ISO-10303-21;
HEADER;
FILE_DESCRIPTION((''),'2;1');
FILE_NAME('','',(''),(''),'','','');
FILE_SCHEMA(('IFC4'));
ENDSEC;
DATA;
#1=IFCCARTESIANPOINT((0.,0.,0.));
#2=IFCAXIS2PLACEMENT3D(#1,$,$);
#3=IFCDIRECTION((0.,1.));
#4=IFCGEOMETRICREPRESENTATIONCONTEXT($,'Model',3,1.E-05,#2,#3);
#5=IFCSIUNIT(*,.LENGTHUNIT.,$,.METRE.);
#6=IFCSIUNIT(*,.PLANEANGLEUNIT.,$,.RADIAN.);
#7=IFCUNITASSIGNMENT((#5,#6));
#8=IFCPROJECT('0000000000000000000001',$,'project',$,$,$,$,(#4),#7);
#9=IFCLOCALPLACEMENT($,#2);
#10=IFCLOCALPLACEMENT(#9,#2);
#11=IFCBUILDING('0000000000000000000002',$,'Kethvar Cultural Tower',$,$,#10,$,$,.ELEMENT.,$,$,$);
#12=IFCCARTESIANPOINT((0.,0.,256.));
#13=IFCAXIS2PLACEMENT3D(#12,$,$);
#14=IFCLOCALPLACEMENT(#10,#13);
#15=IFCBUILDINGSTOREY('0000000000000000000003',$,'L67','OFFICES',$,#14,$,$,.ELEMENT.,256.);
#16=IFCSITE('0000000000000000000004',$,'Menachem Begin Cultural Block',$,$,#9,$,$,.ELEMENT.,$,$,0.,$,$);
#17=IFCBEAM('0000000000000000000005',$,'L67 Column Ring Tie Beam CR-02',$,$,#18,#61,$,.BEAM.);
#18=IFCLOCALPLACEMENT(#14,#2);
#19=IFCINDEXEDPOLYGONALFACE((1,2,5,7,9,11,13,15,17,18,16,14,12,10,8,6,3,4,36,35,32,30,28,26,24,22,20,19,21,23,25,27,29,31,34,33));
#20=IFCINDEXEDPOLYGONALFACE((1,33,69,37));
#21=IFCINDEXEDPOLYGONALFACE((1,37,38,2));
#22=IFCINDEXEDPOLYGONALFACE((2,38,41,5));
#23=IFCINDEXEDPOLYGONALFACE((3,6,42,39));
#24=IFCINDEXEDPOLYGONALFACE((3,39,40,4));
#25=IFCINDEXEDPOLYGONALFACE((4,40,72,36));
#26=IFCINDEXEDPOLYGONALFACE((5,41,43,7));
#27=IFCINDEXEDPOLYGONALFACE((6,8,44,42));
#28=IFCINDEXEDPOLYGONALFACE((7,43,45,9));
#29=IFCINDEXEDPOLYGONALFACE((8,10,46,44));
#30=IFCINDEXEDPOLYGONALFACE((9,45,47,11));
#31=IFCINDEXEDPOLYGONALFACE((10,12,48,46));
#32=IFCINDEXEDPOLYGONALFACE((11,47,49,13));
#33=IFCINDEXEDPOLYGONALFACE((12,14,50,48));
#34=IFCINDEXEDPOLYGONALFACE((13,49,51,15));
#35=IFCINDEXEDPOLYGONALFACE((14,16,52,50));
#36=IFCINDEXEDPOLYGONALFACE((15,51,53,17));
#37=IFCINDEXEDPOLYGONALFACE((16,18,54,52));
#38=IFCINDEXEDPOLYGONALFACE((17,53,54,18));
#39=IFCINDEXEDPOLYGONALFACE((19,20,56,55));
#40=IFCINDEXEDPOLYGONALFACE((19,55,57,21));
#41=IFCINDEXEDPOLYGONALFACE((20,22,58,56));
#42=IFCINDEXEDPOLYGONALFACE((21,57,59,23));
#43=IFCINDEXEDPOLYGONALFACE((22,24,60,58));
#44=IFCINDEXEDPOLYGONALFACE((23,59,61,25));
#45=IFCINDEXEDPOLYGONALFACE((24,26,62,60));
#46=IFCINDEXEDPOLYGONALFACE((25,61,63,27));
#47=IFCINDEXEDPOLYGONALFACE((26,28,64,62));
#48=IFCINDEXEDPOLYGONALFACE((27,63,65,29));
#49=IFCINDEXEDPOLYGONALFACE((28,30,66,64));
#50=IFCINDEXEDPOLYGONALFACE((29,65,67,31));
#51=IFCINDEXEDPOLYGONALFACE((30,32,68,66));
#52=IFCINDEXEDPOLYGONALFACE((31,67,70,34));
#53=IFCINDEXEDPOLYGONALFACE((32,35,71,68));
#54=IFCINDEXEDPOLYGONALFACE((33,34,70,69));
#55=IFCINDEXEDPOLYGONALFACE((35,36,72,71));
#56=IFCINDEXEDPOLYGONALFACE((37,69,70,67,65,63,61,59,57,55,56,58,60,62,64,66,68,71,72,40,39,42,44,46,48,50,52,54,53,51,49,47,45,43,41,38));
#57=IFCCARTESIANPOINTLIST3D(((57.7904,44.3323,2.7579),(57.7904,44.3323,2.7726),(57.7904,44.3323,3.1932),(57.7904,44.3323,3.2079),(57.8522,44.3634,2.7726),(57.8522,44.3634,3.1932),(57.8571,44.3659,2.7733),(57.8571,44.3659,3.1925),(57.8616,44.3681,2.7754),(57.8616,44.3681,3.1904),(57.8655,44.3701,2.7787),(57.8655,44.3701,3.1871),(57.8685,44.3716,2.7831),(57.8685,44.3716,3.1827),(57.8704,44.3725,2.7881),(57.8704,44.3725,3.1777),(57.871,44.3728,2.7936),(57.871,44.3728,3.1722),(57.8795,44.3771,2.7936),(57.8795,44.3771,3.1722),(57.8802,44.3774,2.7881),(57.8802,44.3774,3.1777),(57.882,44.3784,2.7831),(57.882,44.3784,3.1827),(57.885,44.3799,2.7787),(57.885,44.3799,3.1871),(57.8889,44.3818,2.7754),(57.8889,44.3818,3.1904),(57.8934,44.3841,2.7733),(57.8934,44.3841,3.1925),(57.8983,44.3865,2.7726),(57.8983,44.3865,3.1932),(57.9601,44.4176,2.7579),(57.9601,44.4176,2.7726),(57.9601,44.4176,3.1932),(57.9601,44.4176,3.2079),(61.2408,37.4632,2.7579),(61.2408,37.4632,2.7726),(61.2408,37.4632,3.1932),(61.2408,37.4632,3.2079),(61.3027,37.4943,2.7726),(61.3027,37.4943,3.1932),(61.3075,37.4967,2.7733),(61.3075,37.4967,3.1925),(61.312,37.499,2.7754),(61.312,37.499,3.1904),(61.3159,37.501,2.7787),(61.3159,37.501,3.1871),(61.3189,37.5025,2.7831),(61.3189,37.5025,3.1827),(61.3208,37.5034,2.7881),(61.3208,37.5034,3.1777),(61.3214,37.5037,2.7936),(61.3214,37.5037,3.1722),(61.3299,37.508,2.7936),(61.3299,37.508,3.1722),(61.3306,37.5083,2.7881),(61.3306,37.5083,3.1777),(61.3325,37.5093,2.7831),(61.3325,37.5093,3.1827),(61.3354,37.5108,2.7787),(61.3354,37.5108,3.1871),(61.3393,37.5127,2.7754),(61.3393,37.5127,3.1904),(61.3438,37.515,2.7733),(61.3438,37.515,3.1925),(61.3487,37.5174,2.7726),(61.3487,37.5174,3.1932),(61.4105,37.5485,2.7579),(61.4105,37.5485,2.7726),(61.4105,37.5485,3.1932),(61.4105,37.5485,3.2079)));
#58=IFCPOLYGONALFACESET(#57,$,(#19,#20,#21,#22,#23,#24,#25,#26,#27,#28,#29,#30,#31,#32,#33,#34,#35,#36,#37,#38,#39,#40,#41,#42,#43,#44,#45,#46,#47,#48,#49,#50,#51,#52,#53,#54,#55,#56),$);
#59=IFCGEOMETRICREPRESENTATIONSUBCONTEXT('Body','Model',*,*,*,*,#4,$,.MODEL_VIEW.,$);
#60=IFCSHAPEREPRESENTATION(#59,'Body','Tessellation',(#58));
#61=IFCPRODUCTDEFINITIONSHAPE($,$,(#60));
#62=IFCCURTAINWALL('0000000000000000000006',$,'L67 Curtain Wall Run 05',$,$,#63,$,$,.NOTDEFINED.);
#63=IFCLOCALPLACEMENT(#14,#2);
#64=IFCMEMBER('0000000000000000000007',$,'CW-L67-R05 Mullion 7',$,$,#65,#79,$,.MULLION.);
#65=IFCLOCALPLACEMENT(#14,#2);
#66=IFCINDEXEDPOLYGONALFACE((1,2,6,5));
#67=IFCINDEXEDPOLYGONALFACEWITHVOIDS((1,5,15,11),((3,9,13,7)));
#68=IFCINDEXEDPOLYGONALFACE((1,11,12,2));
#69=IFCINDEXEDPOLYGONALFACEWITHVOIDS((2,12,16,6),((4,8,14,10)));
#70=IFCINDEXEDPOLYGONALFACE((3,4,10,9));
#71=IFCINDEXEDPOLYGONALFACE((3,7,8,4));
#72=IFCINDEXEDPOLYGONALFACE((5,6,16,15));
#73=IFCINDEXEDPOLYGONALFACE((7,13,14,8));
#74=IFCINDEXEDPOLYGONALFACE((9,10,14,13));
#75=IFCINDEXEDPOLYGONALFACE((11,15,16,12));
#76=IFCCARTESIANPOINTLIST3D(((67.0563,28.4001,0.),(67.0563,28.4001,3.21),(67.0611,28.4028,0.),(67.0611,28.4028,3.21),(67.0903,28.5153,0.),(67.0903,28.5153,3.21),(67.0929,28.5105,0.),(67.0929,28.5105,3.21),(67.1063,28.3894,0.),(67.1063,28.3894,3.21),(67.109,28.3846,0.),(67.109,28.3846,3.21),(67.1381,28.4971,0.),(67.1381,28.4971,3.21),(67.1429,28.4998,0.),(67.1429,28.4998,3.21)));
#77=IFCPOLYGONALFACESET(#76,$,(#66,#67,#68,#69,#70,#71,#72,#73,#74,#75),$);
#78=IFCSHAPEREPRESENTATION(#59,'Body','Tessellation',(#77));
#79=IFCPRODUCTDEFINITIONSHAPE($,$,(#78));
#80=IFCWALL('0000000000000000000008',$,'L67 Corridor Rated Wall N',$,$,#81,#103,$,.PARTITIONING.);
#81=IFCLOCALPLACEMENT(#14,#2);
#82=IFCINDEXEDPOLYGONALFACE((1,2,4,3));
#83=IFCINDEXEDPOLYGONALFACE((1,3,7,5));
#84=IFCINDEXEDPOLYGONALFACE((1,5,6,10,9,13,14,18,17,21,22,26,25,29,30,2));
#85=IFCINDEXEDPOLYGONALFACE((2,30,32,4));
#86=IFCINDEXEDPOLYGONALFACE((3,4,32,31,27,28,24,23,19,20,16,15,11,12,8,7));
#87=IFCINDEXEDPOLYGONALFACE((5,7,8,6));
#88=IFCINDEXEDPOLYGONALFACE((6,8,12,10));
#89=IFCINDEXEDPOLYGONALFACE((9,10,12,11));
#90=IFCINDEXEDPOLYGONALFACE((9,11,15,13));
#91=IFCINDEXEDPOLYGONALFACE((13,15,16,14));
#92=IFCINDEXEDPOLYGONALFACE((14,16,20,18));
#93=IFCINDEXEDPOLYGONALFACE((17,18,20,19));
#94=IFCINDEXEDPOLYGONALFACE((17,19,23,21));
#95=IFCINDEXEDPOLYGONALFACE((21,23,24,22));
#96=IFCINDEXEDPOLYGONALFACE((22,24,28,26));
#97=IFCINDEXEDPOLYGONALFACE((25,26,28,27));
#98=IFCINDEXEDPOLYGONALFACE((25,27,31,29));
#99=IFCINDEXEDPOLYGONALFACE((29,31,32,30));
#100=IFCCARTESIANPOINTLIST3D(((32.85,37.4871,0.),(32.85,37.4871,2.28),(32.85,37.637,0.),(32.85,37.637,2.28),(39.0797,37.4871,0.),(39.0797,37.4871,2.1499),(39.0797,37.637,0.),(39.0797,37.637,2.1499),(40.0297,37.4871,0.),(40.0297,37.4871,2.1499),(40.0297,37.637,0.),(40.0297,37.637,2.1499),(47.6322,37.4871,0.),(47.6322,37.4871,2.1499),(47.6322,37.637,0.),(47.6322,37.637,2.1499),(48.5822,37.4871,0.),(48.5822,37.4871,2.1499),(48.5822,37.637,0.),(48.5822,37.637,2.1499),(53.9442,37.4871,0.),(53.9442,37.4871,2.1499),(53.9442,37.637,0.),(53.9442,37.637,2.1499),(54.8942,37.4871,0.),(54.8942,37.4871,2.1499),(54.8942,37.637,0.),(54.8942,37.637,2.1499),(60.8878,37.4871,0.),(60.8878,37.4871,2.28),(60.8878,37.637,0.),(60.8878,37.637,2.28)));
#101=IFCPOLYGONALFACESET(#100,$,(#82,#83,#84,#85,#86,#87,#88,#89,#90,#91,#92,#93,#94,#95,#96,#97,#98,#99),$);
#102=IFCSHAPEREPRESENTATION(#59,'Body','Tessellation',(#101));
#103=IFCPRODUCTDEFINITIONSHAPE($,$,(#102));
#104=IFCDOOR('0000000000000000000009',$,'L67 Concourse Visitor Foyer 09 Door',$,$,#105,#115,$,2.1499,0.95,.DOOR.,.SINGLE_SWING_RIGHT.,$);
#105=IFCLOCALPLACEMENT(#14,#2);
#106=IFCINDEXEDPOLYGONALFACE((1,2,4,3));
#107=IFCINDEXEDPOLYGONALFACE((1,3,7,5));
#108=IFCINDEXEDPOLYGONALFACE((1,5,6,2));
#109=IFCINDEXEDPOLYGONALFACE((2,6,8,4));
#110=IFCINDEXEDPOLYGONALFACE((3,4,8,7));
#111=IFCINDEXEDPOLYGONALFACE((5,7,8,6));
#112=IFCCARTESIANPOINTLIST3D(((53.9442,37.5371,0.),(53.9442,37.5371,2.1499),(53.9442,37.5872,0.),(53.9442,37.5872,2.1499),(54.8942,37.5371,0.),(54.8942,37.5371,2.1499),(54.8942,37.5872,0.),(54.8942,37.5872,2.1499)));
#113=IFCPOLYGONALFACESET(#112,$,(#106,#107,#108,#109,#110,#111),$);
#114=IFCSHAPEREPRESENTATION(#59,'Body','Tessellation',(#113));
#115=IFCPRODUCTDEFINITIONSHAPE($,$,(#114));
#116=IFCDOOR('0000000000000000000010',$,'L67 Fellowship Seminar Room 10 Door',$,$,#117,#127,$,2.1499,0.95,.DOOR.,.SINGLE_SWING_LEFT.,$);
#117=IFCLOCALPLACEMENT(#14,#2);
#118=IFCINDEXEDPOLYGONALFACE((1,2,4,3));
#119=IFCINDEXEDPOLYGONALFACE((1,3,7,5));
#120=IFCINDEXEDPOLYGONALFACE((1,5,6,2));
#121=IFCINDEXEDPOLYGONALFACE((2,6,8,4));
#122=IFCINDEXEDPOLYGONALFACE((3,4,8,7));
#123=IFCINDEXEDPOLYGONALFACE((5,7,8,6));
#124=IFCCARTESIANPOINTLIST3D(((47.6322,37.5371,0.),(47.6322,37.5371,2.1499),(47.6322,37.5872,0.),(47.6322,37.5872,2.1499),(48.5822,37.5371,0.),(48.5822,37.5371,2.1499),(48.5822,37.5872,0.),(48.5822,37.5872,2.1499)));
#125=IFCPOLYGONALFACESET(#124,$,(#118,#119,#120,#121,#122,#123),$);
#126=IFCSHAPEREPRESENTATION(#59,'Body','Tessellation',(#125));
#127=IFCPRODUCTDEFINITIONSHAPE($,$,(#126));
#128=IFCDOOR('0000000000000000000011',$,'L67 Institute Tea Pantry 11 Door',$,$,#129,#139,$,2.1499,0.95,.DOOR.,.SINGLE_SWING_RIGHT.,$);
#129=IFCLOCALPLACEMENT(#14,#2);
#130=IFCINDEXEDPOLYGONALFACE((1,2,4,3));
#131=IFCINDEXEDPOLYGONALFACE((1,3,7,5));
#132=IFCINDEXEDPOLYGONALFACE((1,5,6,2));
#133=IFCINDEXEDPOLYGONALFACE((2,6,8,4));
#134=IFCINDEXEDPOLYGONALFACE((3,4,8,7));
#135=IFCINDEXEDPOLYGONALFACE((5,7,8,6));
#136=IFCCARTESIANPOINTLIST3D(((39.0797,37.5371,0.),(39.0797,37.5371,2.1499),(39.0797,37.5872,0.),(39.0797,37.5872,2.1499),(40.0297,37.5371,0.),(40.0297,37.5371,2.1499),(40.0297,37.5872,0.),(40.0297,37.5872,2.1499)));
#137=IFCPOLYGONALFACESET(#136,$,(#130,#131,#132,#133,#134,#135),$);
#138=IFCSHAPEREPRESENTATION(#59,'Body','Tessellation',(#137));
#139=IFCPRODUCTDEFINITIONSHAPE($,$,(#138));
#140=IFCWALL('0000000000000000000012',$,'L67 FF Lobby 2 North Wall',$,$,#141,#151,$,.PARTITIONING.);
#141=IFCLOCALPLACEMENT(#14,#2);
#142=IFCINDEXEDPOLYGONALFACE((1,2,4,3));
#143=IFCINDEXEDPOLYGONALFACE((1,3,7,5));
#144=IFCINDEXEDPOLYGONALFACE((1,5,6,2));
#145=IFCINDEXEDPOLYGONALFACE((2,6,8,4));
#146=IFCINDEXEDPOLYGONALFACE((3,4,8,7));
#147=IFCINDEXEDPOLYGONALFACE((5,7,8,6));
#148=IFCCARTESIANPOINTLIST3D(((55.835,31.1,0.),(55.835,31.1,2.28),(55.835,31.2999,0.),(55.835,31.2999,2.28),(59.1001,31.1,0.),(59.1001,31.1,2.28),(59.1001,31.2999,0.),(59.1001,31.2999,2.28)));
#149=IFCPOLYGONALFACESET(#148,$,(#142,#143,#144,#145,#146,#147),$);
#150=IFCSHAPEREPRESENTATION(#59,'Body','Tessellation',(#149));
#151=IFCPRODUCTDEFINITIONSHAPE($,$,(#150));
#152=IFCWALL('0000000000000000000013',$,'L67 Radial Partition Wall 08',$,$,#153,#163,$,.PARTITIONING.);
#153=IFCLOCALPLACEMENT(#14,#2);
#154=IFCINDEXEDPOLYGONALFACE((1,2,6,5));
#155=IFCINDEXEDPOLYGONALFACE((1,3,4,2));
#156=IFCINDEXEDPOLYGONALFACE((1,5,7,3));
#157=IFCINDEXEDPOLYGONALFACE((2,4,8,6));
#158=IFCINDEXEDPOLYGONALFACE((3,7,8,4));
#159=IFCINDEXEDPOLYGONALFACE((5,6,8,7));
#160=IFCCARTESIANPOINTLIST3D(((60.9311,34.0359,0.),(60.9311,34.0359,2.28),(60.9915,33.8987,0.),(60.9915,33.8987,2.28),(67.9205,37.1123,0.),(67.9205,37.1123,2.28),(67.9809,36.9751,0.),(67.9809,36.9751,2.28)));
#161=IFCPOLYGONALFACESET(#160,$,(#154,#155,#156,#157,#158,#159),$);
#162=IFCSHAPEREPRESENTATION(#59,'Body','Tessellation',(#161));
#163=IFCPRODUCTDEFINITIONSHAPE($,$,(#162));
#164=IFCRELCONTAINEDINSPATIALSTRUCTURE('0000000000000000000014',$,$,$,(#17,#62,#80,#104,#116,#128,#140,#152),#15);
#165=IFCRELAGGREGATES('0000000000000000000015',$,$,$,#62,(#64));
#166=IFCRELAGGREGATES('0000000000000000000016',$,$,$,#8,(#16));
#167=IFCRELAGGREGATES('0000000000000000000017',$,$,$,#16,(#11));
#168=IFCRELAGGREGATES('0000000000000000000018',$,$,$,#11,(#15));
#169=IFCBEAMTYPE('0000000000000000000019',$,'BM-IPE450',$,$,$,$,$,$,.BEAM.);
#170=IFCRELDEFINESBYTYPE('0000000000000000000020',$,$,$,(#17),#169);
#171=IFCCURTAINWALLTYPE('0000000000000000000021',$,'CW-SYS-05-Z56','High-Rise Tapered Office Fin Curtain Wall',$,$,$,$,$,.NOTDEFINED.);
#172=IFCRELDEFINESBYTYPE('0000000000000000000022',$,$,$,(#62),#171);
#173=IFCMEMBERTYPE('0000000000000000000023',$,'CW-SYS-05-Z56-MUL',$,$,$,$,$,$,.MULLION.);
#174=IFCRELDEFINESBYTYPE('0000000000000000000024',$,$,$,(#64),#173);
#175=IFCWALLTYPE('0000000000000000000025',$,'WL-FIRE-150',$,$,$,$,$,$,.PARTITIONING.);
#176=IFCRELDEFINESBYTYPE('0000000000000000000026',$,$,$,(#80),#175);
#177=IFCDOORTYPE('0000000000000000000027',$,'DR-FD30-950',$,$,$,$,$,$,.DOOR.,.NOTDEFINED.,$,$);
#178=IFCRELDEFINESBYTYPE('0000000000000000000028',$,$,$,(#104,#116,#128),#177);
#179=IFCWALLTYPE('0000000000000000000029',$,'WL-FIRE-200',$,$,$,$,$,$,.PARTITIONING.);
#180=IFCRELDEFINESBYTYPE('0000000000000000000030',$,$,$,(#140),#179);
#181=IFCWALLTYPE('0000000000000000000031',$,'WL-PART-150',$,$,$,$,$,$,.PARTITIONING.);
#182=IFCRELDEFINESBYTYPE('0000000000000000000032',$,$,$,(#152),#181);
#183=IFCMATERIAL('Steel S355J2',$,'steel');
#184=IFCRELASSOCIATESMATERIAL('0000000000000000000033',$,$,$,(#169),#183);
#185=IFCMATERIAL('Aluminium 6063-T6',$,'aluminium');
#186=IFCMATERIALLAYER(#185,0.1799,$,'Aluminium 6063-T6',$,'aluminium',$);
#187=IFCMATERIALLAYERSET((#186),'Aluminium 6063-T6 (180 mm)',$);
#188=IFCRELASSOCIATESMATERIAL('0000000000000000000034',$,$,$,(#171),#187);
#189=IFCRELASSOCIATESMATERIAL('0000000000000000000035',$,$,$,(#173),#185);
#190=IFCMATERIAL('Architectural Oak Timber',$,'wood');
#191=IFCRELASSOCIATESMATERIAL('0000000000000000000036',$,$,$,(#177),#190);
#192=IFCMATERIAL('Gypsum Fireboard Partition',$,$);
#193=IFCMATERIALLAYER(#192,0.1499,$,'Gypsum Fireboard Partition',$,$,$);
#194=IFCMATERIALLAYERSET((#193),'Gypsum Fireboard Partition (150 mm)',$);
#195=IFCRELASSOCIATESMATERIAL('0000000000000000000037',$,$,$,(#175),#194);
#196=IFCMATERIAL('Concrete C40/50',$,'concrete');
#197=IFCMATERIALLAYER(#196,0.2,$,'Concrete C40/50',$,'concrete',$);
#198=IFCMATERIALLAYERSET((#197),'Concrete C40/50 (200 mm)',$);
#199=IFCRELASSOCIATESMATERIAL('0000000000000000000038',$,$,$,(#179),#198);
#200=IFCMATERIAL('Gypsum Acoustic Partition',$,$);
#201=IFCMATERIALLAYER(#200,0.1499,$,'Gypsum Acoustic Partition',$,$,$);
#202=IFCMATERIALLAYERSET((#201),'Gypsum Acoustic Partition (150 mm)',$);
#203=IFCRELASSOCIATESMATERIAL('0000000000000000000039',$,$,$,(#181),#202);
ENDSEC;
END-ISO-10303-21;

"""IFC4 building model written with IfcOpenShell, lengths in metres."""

from ifc_helpers import new_model, si_unit, direction, frame, frame_2d, origin, origin_2d, place, context, subcontext, project, spatial, rectangle, hollow_rectangle, i_section, extrude, source, transform, mapped, material, layer, layer_set, material_profile, profile_set, type_object, element, fill, aggregate, save


model = new_model("IFC4")

# Units and contexts
model_context = context("Model", 3, precision=1e-05, world=origin(), true_north=direction((0.0, 1.0)))
body_context = subcontext(model_context, "Body", "Model", "MODEL_VIEW")
ifc_project = project(units=[si_unit("LENGTHUNIT", "METRE"), si_unit("PLANEANGLEUNIT", "RADIAN")], contexts=[model_context])

# Site, building, storey
site_placement = place(None, origin())
site = spatial("IfcSite", under=ifc_project, at=site_placement, Name="Menachem Begin Cultural Block", CompositionType="ELEMENT", RefElevation=0.0)
building_placement = place(site_placement, origin())
building = spatial("IfcBuilding", under=site, at=building_placement, Name="Kethvar Cultural Tower", CompositionType="ELEMENT")
storey_placement = place(building_placement, frame((0.0, 0.0, 256.0)))
storey = spatial("IfcBuildingStorey", under=building, at=storey_placement, Name="L67", Description="OFFICES", CompositionType="ELEMENT", Elevation=256.0)

# Beam
ifc_material_1 = material(Name="Steel S355J2", Category="steel")
ifc_material_profile_1 = material_profile(ifc_material_1, i_section(OverallWidth=0.1899, OverallDepth=0.45, WebThickness=0.0095, FlangeThickness=0.0146, FilletRadius=0.021, at=origin_2d()), Name="Steel S355J2 — IPE450")
ifc_profile_set_1 = profile_set([ifc_material_profile_1], Name="Steel S355J2 — IPE450")
beam_type_1 = type_object("IfcBeamType", Name="BM-IPE450", PredefinedType="BEAM", material=ifc_profile_set_1)
shared_shape_1 = source(origin(), body_context, "Body", "SweptSolid", [
    extrude(i_section(OverallWidth=0.1899, OverallDepth=0.45, WebThickness=0.0095, FlangeThickness=0.0146, FilletRadius=0.021, at=origin_2d()), origin(), (0.0, 0.0, 1.0), 7.687),
])
beam_1_placement = place(storey_placement, frame((61.3257, 37.5059, 2.9829), z_axis=(-0.448864, 0.8936, 0.0), x_axis=(-0.8936, -0.448864, 0.0)))
element("IfcBeam", 1, at=beam_1_placement, inside=storey, type_object=beam_type_1, Name="L67 Column Ring Tie Beam CR-02", PredefinedType="BEAM", context=body_context, shape_type="MappedRepresentation", body=[
    mapped(shared_shape_1, transform((0.0, 0.0, 0.0), scale=1.0)),
])

# Curtain wall, member
ifc_material_2 = material(Name="Aluminium 6063-T6", Category="aluminium")
ifc_layer_1 = layer(ifc_material_2, 0.1799, Name="Aluminium 6063-T6", Category="aluminium")
ifc_layer_set_1 = layer_set([ifc_layer_1], Name="Aluminium 6063-T6 (180 mm)")
curtain_wall_type = type_object("IfcCurtainWallType", Name="CW-SYS-05-Z56", Description="High-Rise Tapered Office Fin Curtain Wall", PredefinedType="NOTDEFINED", material=ifc_layer_set_1)
curtain_wall_placement = place(storey_placement, origin())
curtain_wall = element("IfcCurtainWall", 2, at=curtain_wall_placement, inside=storey, type_object=curtain_wall_type, Name="L67 Curtain Wall Run 05", PredefinedType="NOTDEFINED")
ifc_material_profile_2 = material_profile(ifc_material_2, hollow_rectangle(XDim=0.0549, YDim=0.1201, WallThickness=0.0039, at=origin_2d()), Name="Aluminium 6063-T6 — RHS120x55x4")
ifc_profile_set_2 = profile_set([ifc_material_profile_2], Name="Aluminium 6063-T6 — RHS120x55x4")
member_type = type_object("IfcMemberType", Name="CW-SYS-05-Z56-MUL", PredefinedType="MULLION", material=ifc_profile_set_2)
shared_shape_2 = source(origin(), body_context, "Body", "SweptSolid", [
    extrude(hollow_rectangle(XDim=0.0549, YDim=0.1201, WallThickness=0.0039, at=origin_2d()), origin(), (0.0, 0.0, 1.0), 3.21),
])
member_placement = place(storey_placement, frame((67.0996, 28.45, 0.0), z_axis=(0.0, 0.0, 1.0), x_axis=(-0.959166, 0.282844, 0.0)))
member = element("IfcMember", 3, at=member_placement, type_object=member_type, Name="CW-L67-R05 Mullion 7", PredefinedType="MULLION", context=body_context, shape_type="MappedRepresentation", body=[
    mapped(shared_shape_2, transform((0.0, 0.0, 0.0), scale=1.0)),
])
aggregate(curtain_wall, [member])

# Wall, openings, doors
ifc_material_3 = material(Name="Architectural Oak Timber", Category="wood")
door_type_1 = type_object("IfcDoorType", Name="DR-FD30-950", OperationType="NOTDEFINED", PredefinedType="DOOR", material=ifc_material_3)
shared_shape_3 = source(origin(), body_context, "Body", "SweptSolid", [
    extrude(rectangle(XDim=0.95, YDim=2.1499, at=frame_2d((0.4751, 1.075))), frame((0.0, 0.0249, 0.0), z_axis=(0.0, -1.0, 0.0), x_axis=(1.0, 0.0, 0.0)), (0.0, 0.0, 1.0), 0.05),
])
ifc_material_4 = material(Name="Gypsum Fireboard Partition")
ifc_layer_2 = layer(ifc_material_4, 0.1499, Name="Gypsum Fireboard Partition")
ifc_layer_set_2 = layer_set([ifc_layer_2], Name="Gypsum Fireboard Partition (150 mm)")
wall_type_1 = type_object("IfcWallType", Name="WL-FIRE-150", PredefinedType="PARTITIONING", material=ifc_layer_set_2)
wall_1_placement = place(storey_placement, frame((60.8879, 37.562, 0.0), z_axis=(0.0, 0.0, 1.0), x_axis=(-1.0, 0.0, 0.0)))
wall_1 = element("IfcWall", 4, at=wall_1_placement, inside=storey, type_object=wall_type_1, Name="L67 Corridor Rated Wall N", PredefinedType="PARTITIONING", context=body_context, shape_type="SweptSolid", body=[
    extrude(rectangle(XDim=28.0378, YDim=0.1499, at=frame_2d((14.019, 0.0))), origin(), (0.0, 0.0, 1.0), 2.28),
])
opening_1_placement = place(wall_1_placement, frame((5.9937, 0.0, 0.0)))
opening_1 = element("IfcOpeningElement", 5, at=opening_1_placement, cuts=wall_1, PredefinedType="OPENING", context=body_context, shape_type="SweptSolid", body=[
    extrude(rectangle(XDim=0.95, YDim=2.1499, at=frame_2d((0.4751, 1.075))), frame((0.0, 0.085, 0.0), z_axis=(0.0, -1.0, 0.0), x_axis=(1.0, 0.0, 0.0)), (0.0, 0.0, 1.0), 0.1699),
])
opening_2_placement = place(wall_1_placement, frame((12.3057, 0.0, 0.0)))
opening_2 = element("IfcOpeningElement", 6, at=opening_2_placement, cuts=wall_1, PredefinedType="OPENING", context=body_context, shape_type="SweptSolid", body=[
    extrude(rectangle(XDim=0.95, YDim=2.1499, at=frame_2d((0.4751, 1.075))), frame((0.0, 0.085, 0.0), z_axis=(0.0, -1.0, 0.0), x_axis=(1.0, 0.0, 0.0)), (0.0, 0.0, 1.0), 0.1699),
])
opening_3_placement = place(wall_1_placement, frame((20.8582, 0.0, 0.0)))
opening_3 = element("IfcOpeningElement", 7, at=opening_3_placement, cuts=wall_1, PredefinedType="OPENING", context=body_context, shape_type="SweptSolid", body=[
    extrude(rectangle(XDim=0.95, YDim=2.1499, at=frame_2d((0.4751, 1.075))), frame((0.0, 0.085, 0.0), z_axis=(0.0, -1.0, 0.0), x_axis=(1.0, 0.0, 0.0)), (0.0, 0.0, 1.0), 0.1699),
])
door_1_placement = place(opening_1_placement, origin())
door_1 = element("IfcDoor", 8, at=door_1_placement, inside=storey, type_object=door_type_1, Name="L67 Concourse Visitor Foyer 09 Door", OperationType="SINGLE_SWING_RIGHT", OverallHeight=2.1499, OverallWidth=0.95, PredefinedType="DOOR", context=body_context, shape_type="MappedRepresentation", body=[
    mapped(shared_shape_3, transform((0.0, 0.0, 0.0), scale=1.0)),
])
fill(opening_1, door_1)
door_2_placement = place(opening_2_placement, origin())
door_2 = element("IfcDoor", 9, at=door_2_placement, inside=storey, type_object=door_type_1, Name="L67 Fellowship Seminar Room 10 Door", OperationType="SINGLE_SWING_LEFT", OverallHeight=2.1499, OverallWidth=0.95, PredefinedType="DOOR", context=body_context, shape_type="MappedRepresentation", body=[
    mapped(shared_shape_3, transform((0.0, 0.0, 0.0), scale=1.0)),
])
fill(opening_2, door_2)
door_3_placement = place(opening_3_placement, origin())
door_3 = element("IfcDoor", 10, at=door_3_placement, inside=storey, type_object=door_type_1, Name="L67 Institute Tea Pantry 11 Door", OperationType="SINGLE_SWING_RIGHT", OverallHeight=2.1499, OverallWidth=0.95, PredefinedType="DOOR", context=body_context, shape_type="MappedRepresentation", body=[
    mapped(shared_shape_3, transform((0.0, 0.0, 0.0), scale=1.0)),
])
fill(opening_3, door_3)

# Walls
ifc_material_5 = material(Name="Concrete C40/50", Category="concrete")
ifc_layer_3 = layer(ifc_material_5, 0.2, Name="Concrete C40/50", Category="concrete")
ifc_layer_set_3 = layer_set([ifc_layer_3], Name="Concrete C40/50 (200 mm)")
wall_type_2 = type_object("IfcWallType", Name="WL-FIRE-200", PredefinedType="PARTITIONING", material=ifc_layer_set_3)
wall_2_placement = place(storey_placement, frame((55.835, 31.2, 0.0), z_axis=(0.0, 0.0, 1.0), x_axis=(1.0, 0.0, 0.0)))
element("IfcWall", 11, at=wall_2_placement, inside=storey, type_object=wall_type_2, Name="L67 FF Lobby 2 North Wall", PredefinedType="PARTITIONING", context=body_context, shape_type="SweptSolid", body=[
    extrude(rectangle(XDim=3.2651, YDim=0.2, at=frame_2d((1.6326, 0.0))), origin(), (0.0, 0.0, 1.0), 2.28),
])
ifc_material_6 = material(Name="Gypsum Acoustic Partition")
ifc_layer_4 = layer(ifc_material_6, 0.1499, Name="Gypsum Acoustic Partition")
ifc_layer_set_4 = layer_set([ifc_layer_4], Name="Gypsum Acoustic Partition (150 mm)")
wall_type_3 = type_object("IfcWallType", Name="WL-PART-150", PredefinedType="PARTITIONING", material=ifc_layer_set_4)
wall_3_placement = place(storey_placement, frame((60.9612, 33.9673, 0.0), z_axis=(0.0, 0.0, 1.0), x_axis=(0.915265, 0.402852, 0.0)))
element("IfcWall", 12, at=wall_3_placement, inside=storey, type_object=wall_type_3, Name="L67 Radial Partition Wall 08", PredefinedType="PARTITIONING", context=body_context, shape_type="SweptSolid", body=[
    extrude(rectangle(XDim=7.6365, YDim=0.1499, at=frame_2d((3.8184, 0.0))), origin(), (0.0, 0.0, 1.0), 2.28),
])

save(model, "model.ifc")
